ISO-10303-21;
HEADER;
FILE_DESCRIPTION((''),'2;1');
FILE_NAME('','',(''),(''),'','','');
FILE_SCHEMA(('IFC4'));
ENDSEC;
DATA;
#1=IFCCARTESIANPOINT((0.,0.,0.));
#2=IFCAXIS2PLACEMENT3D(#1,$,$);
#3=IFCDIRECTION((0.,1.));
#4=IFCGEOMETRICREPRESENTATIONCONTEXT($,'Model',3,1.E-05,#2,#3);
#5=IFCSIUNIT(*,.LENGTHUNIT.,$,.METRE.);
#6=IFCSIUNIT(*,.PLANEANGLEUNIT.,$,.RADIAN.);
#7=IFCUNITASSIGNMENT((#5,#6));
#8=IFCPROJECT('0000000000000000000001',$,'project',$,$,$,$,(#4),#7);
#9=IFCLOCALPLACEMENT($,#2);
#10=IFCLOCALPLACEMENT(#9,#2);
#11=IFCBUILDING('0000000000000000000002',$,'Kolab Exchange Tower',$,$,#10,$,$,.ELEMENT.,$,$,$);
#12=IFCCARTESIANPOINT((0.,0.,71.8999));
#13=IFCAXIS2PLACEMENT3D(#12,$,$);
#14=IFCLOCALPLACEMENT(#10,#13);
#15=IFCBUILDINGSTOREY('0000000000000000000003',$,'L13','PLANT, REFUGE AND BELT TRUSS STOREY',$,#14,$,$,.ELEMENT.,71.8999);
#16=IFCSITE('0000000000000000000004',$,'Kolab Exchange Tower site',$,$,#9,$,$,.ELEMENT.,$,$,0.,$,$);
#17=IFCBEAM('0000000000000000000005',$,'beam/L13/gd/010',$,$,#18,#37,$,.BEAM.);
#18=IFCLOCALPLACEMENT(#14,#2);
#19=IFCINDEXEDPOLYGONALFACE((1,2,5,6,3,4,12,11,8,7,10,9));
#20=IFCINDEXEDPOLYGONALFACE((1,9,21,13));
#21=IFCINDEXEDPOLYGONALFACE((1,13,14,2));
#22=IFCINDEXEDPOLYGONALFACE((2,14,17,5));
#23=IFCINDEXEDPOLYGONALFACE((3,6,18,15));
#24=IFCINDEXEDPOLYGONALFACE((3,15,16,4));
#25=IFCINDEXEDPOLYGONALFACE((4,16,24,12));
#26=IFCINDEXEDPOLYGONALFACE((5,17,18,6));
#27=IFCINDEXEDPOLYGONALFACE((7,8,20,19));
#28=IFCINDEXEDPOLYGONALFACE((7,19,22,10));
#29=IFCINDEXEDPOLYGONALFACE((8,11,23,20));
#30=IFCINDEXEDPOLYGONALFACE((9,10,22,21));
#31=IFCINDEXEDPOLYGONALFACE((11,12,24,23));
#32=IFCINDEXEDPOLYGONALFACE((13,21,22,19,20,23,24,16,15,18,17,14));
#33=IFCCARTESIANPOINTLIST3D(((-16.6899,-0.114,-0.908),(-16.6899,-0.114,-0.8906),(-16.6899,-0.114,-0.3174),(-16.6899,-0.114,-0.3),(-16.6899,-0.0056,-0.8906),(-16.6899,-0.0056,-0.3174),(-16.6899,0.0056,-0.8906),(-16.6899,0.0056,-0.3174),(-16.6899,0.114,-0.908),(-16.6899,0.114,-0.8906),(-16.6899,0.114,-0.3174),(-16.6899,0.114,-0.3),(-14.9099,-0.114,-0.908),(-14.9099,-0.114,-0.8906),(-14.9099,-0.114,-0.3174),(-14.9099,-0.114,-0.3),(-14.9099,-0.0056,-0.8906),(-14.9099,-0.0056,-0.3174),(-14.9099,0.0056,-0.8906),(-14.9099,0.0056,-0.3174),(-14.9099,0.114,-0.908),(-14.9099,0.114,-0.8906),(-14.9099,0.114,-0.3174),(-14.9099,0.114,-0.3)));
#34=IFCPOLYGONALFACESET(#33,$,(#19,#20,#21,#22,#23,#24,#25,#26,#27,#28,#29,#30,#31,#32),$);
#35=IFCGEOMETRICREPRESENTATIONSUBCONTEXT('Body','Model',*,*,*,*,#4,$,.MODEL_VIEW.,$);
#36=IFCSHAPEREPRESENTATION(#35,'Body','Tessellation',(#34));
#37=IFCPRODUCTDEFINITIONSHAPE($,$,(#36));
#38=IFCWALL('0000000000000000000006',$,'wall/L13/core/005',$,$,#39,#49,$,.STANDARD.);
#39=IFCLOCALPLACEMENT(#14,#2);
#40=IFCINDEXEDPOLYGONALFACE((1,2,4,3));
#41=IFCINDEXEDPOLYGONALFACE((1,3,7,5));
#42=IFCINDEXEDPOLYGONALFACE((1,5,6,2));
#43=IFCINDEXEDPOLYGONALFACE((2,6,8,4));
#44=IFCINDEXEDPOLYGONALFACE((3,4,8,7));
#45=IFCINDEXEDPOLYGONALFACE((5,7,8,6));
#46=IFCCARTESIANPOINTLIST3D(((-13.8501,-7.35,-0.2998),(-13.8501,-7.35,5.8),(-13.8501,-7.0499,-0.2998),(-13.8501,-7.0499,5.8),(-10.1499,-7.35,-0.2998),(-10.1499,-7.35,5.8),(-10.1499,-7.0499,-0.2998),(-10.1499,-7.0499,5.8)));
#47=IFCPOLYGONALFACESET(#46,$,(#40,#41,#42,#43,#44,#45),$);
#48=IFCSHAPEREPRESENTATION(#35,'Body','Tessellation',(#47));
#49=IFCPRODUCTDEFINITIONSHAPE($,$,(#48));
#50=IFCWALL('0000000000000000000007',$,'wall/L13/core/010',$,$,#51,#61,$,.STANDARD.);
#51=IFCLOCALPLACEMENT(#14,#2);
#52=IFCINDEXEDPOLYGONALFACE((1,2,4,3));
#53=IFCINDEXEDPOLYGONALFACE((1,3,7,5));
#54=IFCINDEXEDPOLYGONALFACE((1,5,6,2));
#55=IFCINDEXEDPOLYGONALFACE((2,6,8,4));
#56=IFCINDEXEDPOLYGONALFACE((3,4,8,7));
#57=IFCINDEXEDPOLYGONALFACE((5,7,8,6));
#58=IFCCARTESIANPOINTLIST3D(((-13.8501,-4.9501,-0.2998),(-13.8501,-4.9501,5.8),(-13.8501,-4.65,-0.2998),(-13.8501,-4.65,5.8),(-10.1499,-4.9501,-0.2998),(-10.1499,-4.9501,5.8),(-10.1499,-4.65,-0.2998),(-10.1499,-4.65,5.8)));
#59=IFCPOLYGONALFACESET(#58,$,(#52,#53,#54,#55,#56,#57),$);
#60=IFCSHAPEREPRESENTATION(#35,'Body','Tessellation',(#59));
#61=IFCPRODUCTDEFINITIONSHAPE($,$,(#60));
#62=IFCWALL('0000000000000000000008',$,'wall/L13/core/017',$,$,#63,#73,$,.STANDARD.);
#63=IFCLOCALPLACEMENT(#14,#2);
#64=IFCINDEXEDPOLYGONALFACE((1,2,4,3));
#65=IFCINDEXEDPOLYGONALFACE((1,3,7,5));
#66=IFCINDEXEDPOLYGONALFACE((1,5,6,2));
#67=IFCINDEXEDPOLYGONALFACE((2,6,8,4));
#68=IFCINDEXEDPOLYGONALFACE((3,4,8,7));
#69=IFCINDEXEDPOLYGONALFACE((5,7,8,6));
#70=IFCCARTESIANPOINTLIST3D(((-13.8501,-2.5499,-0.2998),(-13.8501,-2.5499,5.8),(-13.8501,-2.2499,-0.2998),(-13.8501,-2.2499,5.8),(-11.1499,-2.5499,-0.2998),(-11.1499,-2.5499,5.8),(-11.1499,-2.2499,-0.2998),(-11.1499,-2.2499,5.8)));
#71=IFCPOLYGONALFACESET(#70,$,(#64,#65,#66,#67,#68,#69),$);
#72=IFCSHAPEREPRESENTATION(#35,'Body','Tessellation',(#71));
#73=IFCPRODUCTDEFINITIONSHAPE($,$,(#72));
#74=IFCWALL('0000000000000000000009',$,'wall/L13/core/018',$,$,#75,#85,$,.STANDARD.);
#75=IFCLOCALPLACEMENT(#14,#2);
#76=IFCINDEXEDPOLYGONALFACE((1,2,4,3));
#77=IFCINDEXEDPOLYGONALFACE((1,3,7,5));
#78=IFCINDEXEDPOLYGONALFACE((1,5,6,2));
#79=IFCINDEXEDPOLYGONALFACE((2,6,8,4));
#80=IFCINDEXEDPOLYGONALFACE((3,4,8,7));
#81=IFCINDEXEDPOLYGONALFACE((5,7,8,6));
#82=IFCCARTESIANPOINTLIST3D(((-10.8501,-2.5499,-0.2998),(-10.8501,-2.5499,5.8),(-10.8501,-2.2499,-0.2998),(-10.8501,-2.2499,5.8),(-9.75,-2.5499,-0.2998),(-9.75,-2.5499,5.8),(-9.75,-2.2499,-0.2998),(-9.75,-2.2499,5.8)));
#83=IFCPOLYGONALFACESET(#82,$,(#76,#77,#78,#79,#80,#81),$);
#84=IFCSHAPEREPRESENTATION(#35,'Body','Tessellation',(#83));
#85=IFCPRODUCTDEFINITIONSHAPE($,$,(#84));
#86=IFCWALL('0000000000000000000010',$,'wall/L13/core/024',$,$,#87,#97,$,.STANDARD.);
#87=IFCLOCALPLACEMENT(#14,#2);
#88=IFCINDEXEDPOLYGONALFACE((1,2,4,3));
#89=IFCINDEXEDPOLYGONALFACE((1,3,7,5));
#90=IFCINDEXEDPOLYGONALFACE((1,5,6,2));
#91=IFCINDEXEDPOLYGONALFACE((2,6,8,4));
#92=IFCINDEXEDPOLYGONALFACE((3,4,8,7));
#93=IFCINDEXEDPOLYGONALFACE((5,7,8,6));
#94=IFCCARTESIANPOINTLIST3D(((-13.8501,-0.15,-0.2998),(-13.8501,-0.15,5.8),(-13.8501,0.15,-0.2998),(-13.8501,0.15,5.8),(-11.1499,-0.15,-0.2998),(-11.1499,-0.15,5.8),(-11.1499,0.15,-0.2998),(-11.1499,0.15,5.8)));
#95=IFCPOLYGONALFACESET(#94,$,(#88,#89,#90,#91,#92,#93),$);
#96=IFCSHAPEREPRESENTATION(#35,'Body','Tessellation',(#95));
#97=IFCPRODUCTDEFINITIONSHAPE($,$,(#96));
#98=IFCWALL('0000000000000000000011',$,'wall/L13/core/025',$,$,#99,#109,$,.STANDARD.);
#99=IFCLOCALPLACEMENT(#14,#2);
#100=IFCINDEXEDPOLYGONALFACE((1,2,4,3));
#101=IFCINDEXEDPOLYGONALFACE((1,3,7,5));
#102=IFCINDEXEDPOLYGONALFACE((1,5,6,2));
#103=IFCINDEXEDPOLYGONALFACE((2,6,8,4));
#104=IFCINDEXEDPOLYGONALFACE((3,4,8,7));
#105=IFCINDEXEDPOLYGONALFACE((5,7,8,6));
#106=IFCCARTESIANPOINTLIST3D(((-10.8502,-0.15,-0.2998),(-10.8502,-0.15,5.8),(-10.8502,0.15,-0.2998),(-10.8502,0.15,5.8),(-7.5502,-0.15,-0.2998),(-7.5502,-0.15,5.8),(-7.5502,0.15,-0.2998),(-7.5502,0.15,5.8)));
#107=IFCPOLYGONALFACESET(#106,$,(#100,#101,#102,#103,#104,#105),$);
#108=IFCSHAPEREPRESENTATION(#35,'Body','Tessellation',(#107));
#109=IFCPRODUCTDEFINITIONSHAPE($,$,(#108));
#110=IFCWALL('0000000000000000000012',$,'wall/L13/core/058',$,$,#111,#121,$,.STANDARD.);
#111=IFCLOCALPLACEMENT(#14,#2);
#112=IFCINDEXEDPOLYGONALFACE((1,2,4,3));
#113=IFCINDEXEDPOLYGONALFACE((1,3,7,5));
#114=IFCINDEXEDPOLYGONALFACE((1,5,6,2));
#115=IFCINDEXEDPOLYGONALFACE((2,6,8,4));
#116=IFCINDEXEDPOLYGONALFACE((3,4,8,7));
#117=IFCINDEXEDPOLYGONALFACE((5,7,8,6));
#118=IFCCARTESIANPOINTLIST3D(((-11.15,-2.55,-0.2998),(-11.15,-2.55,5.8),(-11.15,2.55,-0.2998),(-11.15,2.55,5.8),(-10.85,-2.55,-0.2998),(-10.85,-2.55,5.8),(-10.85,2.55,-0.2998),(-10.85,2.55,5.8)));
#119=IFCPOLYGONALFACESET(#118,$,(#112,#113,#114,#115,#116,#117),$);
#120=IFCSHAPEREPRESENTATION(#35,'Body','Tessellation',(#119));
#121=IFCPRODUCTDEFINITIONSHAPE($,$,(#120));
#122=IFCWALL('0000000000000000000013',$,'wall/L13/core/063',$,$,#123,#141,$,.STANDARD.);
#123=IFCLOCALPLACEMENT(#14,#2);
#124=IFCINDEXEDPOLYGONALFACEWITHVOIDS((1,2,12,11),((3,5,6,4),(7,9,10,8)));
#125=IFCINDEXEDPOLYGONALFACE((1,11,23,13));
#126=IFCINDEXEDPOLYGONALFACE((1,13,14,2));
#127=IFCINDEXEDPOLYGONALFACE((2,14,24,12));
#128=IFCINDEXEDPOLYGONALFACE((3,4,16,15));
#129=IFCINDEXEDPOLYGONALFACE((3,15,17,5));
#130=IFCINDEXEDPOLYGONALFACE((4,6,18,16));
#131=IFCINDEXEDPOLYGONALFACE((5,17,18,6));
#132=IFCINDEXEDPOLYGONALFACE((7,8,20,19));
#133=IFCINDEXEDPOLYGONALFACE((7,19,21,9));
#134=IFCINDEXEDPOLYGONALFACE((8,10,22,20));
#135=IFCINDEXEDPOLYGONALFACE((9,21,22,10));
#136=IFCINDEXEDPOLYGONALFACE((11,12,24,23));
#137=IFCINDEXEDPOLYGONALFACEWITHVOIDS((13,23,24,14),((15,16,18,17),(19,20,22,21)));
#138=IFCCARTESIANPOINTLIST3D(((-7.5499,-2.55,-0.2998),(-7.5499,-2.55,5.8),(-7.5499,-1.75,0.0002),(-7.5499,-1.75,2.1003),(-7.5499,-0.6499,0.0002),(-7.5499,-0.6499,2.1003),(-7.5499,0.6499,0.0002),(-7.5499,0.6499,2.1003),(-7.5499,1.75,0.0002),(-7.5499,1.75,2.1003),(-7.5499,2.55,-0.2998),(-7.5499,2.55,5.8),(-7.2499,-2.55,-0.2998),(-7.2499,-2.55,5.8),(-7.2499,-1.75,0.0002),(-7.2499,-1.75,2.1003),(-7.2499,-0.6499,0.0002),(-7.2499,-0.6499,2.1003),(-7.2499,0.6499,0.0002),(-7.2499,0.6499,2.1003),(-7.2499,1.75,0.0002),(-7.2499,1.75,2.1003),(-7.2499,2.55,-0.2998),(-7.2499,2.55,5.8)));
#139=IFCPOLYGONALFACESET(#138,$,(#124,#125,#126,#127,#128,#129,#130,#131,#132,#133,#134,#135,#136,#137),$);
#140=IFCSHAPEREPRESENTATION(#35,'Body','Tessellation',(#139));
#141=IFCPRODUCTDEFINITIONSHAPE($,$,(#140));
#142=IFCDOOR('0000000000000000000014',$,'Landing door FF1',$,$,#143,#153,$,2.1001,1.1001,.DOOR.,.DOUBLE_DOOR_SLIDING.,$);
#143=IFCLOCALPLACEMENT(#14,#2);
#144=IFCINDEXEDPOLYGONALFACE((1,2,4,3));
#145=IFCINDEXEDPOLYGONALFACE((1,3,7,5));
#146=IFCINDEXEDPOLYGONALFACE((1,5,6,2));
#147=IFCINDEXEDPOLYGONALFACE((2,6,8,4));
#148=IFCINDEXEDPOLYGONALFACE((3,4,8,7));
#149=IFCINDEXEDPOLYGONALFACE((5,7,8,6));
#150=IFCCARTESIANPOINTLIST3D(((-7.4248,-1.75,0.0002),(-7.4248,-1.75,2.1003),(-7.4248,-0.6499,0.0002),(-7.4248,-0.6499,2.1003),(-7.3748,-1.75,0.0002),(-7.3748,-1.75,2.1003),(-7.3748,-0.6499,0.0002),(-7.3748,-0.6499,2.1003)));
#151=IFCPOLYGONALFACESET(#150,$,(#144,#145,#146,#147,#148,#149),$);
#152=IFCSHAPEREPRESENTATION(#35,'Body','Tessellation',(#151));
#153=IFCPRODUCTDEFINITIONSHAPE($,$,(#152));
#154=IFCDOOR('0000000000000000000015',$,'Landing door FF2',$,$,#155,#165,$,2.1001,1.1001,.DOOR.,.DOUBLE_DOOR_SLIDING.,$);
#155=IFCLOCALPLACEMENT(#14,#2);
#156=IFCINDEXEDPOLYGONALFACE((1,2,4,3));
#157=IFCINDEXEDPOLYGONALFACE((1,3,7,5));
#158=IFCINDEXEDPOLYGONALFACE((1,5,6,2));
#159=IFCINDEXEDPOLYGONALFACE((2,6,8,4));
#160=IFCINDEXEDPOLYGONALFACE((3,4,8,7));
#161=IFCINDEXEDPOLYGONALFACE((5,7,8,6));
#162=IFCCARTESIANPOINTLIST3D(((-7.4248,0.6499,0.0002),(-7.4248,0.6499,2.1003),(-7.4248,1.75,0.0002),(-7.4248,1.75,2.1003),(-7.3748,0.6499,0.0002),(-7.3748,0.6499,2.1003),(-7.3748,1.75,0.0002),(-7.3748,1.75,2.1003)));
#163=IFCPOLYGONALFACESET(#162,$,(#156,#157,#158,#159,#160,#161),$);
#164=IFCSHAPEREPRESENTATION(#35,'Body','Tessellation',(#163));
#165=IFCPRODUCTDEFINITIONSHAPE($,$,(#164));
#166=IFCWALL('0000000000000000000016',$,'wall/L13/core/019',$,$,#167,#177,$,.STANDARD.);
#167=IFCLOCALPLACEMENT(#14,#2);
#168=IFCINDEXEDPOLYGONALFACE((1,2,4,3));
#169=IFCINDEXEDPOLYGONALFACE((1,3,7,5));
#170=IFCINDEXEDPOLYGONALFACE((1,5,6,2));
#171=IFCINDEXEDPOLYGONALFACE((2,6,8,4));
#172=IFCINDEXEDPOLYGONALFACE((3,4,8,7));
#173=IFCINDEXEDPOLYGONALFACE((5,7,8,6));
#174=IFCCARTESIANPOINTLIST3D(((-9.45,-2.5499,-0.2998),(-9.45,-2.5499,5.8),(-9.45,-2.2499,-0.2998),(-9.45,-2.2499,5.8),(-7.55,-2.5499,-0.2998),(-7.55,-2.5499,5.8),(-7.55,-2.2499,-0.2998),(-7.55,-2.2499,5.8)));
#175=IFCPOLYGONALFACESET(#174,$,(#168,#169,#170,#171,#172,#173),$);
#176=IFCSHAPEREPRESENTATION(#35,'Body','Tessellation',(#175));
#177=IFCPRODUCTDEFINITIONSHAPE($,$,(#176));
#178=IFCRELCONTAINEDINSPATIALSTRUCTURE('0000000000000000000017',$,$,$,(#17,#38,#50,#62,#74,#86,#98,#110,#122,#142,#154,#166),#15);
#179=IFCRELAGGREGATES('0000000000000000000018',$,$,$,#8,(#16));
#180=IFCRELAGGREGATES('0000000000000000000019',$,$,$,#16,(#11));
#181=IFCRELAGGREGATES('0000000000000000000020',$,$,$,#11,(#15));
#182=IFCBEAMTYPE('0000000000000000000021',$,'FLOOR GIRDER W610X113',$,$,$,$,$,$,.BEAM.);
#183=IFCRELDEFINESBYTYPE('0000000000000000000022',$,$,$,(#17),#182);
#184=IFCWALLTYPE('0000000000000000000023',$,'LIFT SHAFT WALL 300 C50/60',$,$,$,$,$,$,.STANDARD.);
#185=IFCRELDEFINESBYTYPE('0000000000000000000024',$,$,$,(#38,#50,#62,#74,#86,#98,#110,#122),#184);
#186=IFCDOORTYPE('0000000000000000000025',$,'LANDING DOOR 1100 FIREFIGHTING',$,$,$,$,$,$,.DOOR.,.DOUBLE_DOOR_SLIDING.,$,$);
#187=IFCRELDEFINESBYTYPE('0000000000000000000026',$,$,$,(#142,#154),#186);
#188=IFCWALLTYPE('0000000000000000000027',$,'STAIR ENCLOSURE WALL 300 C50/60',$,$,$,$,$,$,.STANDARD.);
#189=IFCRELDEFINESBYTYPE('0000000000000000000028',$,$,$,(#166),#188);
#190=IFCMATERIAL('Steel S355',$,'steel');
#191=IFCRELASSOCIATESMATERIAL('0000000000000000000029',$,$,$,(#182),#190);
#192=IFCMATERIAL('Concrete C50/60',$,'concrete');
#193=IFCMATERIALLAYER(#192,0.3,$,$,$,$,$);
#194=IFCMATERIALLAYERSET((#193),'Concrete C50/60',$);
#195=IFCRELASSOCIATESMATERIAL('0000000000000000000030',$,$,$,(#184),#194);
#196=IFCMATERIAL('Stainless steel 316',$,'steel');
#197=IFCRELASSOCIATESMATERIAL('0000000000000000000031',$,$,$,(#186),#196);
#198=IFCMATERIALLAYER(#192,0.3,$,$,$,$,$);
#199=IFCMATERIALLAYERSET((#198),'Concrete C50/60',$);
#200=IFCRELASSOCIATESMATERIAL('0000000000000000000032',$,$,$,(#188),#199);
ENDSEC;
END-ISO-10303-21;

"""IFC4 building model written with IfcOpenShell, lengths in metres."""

from ifc_helpers import new_model, si_unit, direction, frame, frame_2d, origin, origin_2d, place, context, subcontext, project, spatial, rectangle, i_section, extrude, material, layer, layer_set, material_profile, profile_set, type_object, element, fill, save


model = new_model("IFC4")

# Units and contexts
model_context = context("Model", 3, precision=1e-05, world=origin(), true_north=direction((0.0, 1.0)))
body_context = subcontext(model_context, "Body", "Model", "MODEL_VIEW")
ifc_project = project(units=[si_unit("LENGTHUNIT", "METRE"), si_unit("PLANEANGLEUNIT", "RADIAN")], contexts=[model_context])

# Site, building, storey
site_placement = place(None, origin())
site = spatial("IfcSite", under=ifc_project, at=site_placement, Name="Kolab Exchange Tower site", CompositionType="ELEMENT", RefElevation=0.0)
building_placement = place(site_placement, origin())
building = spatial("IfcBuilding", under=site, at=building_placement, Name="Kolab Exchange Tower", CompositionType="ELEMENT")
storey_placement = place(building_placement, frame((0.0, 0.0, 71.8999)))
storey = spatial("IfcBuildingStorey", under=building, at=storey_placement, Name="L13", Description="PLANT, REFUGE AND BELT TRUSS STOREY", CompositionType="ELEMENT", Elevation=71.8999)

# Beam
ifc_material_1 = material(Name="Steel S355", Category="steel")
ifc_material_profile = material_profile(ifc_material_1, i_section(OverallWidth=0.228, OverallDepth=0.6079, WebThickness=0.0112, FlangeThickness=0.0173, at=origin_2d()), Name="W610X113")
ifc_profile_set = profile_set([ifc_material_profile], Name="Steel S355")
beam_type = type_object("IfcBeamType", Name="FLOOR GIRDER W610X113", PredefinedType="BEAM", material=ifc_profile_set)
beam_placement = place(storey_placement, frame((-16.6899, 0.0, -0.604), z_axis=(1.0, 0.0, 0.0), x_axis=(0.0, 1.0, 0.0)))
element("IfcBeam", 1, at=beam_placement, inside=storey, type_object=beam_type, Name="beam/L13/gd/010", PredefinedType="BEAM", context=body_context, shape_type="SweptSolid", body=[
    extrude(i_section(OverallWidth=0.228, OverallDepth=0.6079, WebThickness=0.0112, FlangeThickness=0.0173, at=origin_2d()), origin(), (0.0, 0.0, 1.0), 1.78),
])

# Walls
ifc_material_2 = material(Name="Concrete C50/60", Category="concrete")
ifc_layer_1 = layer(ifc_material_2, 0.3)
ifc_layer_set_1 = layer_set([ifc_layer_1], Name="Concrete C50/60")
wall_type_1 = type_object("IfcWallType", Name="LIFT SHAFT WALL 300 C50/60", PredefinedType="STANDARD", material=ifc_layer_set_1)
for number, where, z_axis, x_axis, name in (
    (2, (-13.8501, -7.2, -0.2998), (0.0, 0.0, 1.0), (1.0, 0.0, 0.0), "wall/L13/core/005"),
    (3, (-13.8501, -4.8, -0.2998), (0.0, 0.0, 1.0), (1.0, 0.0, 0.0), "wall/L13/core/010"),
):
    element("IfcWall", number, at=place(storey_placement, frame(where, z_axis=z_axis, x_axis=x_axis)), inside=storey, type_object=wall_type_1, Name=name, PredefinedType="STANDARD", context=body_context, shape_type="SweptSolid", body=[
        extrude(rectangle(XDim=3.7002, YDim=0.3, at=frame_2d((1.8501, 0.0))), origin(), (0.0, 0.0, 1.0), 6.0999),
    ])
wall_1_placement = place(storey_placement, frame((-13.8501, -2.3999, -0.2998), z_axis=(0.0, 0.0, 1.0), x_axis=(1.0, 0.0, 0.0)))
element("IfcWall", 4, at=wall_1_placement, inside=storey, type_object=wall_type_1, Name="wall/L13/core/017", PredefinedType="STANDARD", context=body_context, shape_type="SweptSolid", body=[
    extrude(rectangle(XDim=2.7002, YDim=0.3, at=frame_2d((1.3501, 0.0))), origin(), (0.0, 0.0, 1.0), 6.0999),
])
wall_2_placement = place(storey_placement, frame((-10.8501, -2.3999, -0.2998), z_axis=(0.0, 0.0, 1.0), x_axis=(1.0, 0.0, 0.0)))
element("IfcWall", 5, at=wall_2_placement, inside=storey, type_object=wall_type_1, Name="wall/L13/core/018", PredefinedType="STANDARD", context=body_context, shape_type="SweptSolid", body=[
    extrude(rectangle(XDim=1.1001, YDim=0.3, at=frame_2d((0.55, 0.0))), origin(), (0.0, 0.0, 1.0), 6.0999),
])
wall_3_placement = place(storey_placement, frame((-13.8501, 0.0, -0.2998), z_axis=(0.0, 0.0, 1.0), x_axis=(1.0, 0.0, 0.0)))
element("IfcWall", 6, at=wall_3_placement, inside=storey, type_object=wall_type_1, Name="wall/L13/core/024", PredefinedType="STANDARD", context=body_context, shape_type="SweptSolid", body=[
    extrude(rectangle(XDim=2.7002, YDim=0.3, at=frame_2d((1.3501, 0.0))), origin(), (0.0, 0.0, 1.0), 6.0999),
])
wall_4_placement = place(storey_placement, frame((-10.8501, 0.0, -0.2998), z_axis=(0.0, 0.0, 1.0), x_axis=(1.0, 0.0, 0.0)))
element("IfcWall", 7, at=wall_4_placement, inside=storey, type_object=wall_type_1, Name="wall/L13/core/025", PredefinedType="STANDARD", context=body_context, shape_type="SweptSolid", body=[
    extrude(rectangle(XDim=3.3, YDim=0.3, at=frame_2d((1.6499, 0.0))), origin(), (0.0, 0.0, 1.0), 6.0999),
])
wall_5_placement = place(storey_placement, frame((-11.0, -2.55, -0.2998), z_axis=(0.0, 0.0, 1.0), x_axis=(0.0, 1.0, 0.0)))
element("IfcWall", 8, at=wall_5_placement, inside=storey, type_object=wall_type_1, Name="wall/L13/core/058", PredefinedType="STANDARD", context=body_context, shape_type="SweptSolid", body=[
    extrude(rectangle(XDim=5.1001, YDim=0.3, at=frame_2d((2.55, 0.0))), origin(), (0.0, 0.0, 1.0), 6.0999),
])

# Wall, openings, doors
wall_6_placement = place(storey_placement, frame((-7.3999, -2.55, -0.2998), z_axis=(0.0, 0.0, 1.0), x_axis=(0.0, 1.0, 0.0)))
wall_6 = element("IfcWall", 9, at=wall_6_placement, inside=storey, type_object=wall_type_1, Name="wall/L13/core/063", PredefinedType="STANDARD", context=body_context, shape_type="SweptSolid", body=[
    extrude(rectangle(XDim=5.1001, YDim=0.3, at=frame_2d((2.55, 0.0))), origin(), (0.0, 0.0, 1.0), 6.0999),
])
opening_1_placement = place(wall_6_placement, frame((0.8, 0.0, 0.3)))
opening_1 = element("IfcOpeningElement", 10, at=opening_1_placement, cuts=wall_6, PredefinedType="OPENING", context=body_context, shape_type="SweptSolid", body=[
    extrude(rectangle(XDim=1.1001, YDim=2.1001, at=frame_2d((0.55, 1.05))), frame((0.0, 0.1602, 0.0), z_axis=(0.0, -1.0, 0.0), x_axis=(1.0, 0.0, 0.0)), (0.0, 0.0, 1.0), 0.3201),
])
opening_2_placement = place(wall_6_placement, frame((3.2, 0.0, 0.3)))
opening_2 = element("IfcOpeningElement", 11, at=opening_2_placement, cuts=wall_6, PredefinedType="OPENING", context=body_context, shape_type="SweptSolid", body=[
    extrude(rectangle(XDim=1.1001, YDim=2.1001, at=frame_2d((0.55, 1.05))), frame((0.0, 0.1602, 0.0), z_axis=(0.0, -1.0, 0.0), x_axis=(1.0, 0.0, 0.0)), (0.0, 0.0, 1.0), 0.3201),
])
ifc_material_3 = material(Name="Stainless steel 316", Category="steel")
door_type_1 = type_object("IfcDoorType", Name="LANDING DOOR 1100 FIREFIGHTING", OperationType="DOUBLE_DOOR_SLIDING", PredefinedType="DOOR", material=ifc_material_3)
door_1_placement = place(opening_1_placement, origin())
door_1 = element("IfcDoor", 12, at=door_1_placement, inside=storey, type_object=door_type_1, Name="Landing door FF1", OperationType="DOUBLE_DOOR_SLIDING", OverallHeight=2.1001, OverallWidth=1.1001, PredefinedType="DOOR", context=body_context, shape_type="SweptSolid", body=[
    extrude(rectangle(XDim=1.1001, YDim=2.1001, at=frame_2d((0.55, 1.05))), frame((0.0, 0.0249, 0.0), z_axis=(0.0, -1.0, 0.0), x_axis=(1.0, 0.0, 0.0)), (0.0, 0.0, 1.0), 0.05),
])
fill(opening_1, door_1)
door_2_placement = place(opening_2_placement, origin())
door_2 = element("IfcDoor", 13, at=door_2_placement, inside=storey, type_object=door_type_1, Name="Landing door FF2", OperationType="DOUBLE_DOOR_SLIDING", OverallHeight=2.1001, OverallWidth=1.1001, PredefinedType="DOOR", context=body_context, shape_type="SweptSolid", body=[
    extrude(rectangle(XDim=1.1001, YDim=2.1001, at=frame_2d((0.55, 1.05))), frame((0.0, 0.0249, 0.0), z_axis=(0.0, -1.0, 0.0), x_axis=(1.0, 0.0, 0.0)), (0.0, 0.0, 1.0), 0.05),
])
fill(opening_2, door_2)

# Wall
ifc_layer_2 = layer(ifc_material_2, 0.3)
ifc_layer_set_2 = layer_set([ifc_layer_2], Name="Concrete C50/60")
wall_type_2 = type_object("IfcWallType", Name="STAIR ENCLOSURE WALL 300 C50/60", PredefinedType="STANDARD", material=ifc_layer_set_2)
wall_7_placement = place(storey_placement, frame((-9.45, -2.3999, -0.2998), z_axis=(0.0, 0.0, 1.0), x_axis=(1.0, 0.0, 0.0)))
element("IfcWall", 14, at=wall_7_placement, inside=storey, type_object=wall_type_2, Name="wall/L13/core/019", PredefinedType="STANDARD", context=body_context, shape_type="SweptSolid", body=[
    extrude(rectangle(XDim=1.8999, YDim=0.3, at=frame_2d((0.95, 0.0))), origin(), (0.0, 0.0, 1.0), 6.0999),
])

save(model, "model.ifc")
